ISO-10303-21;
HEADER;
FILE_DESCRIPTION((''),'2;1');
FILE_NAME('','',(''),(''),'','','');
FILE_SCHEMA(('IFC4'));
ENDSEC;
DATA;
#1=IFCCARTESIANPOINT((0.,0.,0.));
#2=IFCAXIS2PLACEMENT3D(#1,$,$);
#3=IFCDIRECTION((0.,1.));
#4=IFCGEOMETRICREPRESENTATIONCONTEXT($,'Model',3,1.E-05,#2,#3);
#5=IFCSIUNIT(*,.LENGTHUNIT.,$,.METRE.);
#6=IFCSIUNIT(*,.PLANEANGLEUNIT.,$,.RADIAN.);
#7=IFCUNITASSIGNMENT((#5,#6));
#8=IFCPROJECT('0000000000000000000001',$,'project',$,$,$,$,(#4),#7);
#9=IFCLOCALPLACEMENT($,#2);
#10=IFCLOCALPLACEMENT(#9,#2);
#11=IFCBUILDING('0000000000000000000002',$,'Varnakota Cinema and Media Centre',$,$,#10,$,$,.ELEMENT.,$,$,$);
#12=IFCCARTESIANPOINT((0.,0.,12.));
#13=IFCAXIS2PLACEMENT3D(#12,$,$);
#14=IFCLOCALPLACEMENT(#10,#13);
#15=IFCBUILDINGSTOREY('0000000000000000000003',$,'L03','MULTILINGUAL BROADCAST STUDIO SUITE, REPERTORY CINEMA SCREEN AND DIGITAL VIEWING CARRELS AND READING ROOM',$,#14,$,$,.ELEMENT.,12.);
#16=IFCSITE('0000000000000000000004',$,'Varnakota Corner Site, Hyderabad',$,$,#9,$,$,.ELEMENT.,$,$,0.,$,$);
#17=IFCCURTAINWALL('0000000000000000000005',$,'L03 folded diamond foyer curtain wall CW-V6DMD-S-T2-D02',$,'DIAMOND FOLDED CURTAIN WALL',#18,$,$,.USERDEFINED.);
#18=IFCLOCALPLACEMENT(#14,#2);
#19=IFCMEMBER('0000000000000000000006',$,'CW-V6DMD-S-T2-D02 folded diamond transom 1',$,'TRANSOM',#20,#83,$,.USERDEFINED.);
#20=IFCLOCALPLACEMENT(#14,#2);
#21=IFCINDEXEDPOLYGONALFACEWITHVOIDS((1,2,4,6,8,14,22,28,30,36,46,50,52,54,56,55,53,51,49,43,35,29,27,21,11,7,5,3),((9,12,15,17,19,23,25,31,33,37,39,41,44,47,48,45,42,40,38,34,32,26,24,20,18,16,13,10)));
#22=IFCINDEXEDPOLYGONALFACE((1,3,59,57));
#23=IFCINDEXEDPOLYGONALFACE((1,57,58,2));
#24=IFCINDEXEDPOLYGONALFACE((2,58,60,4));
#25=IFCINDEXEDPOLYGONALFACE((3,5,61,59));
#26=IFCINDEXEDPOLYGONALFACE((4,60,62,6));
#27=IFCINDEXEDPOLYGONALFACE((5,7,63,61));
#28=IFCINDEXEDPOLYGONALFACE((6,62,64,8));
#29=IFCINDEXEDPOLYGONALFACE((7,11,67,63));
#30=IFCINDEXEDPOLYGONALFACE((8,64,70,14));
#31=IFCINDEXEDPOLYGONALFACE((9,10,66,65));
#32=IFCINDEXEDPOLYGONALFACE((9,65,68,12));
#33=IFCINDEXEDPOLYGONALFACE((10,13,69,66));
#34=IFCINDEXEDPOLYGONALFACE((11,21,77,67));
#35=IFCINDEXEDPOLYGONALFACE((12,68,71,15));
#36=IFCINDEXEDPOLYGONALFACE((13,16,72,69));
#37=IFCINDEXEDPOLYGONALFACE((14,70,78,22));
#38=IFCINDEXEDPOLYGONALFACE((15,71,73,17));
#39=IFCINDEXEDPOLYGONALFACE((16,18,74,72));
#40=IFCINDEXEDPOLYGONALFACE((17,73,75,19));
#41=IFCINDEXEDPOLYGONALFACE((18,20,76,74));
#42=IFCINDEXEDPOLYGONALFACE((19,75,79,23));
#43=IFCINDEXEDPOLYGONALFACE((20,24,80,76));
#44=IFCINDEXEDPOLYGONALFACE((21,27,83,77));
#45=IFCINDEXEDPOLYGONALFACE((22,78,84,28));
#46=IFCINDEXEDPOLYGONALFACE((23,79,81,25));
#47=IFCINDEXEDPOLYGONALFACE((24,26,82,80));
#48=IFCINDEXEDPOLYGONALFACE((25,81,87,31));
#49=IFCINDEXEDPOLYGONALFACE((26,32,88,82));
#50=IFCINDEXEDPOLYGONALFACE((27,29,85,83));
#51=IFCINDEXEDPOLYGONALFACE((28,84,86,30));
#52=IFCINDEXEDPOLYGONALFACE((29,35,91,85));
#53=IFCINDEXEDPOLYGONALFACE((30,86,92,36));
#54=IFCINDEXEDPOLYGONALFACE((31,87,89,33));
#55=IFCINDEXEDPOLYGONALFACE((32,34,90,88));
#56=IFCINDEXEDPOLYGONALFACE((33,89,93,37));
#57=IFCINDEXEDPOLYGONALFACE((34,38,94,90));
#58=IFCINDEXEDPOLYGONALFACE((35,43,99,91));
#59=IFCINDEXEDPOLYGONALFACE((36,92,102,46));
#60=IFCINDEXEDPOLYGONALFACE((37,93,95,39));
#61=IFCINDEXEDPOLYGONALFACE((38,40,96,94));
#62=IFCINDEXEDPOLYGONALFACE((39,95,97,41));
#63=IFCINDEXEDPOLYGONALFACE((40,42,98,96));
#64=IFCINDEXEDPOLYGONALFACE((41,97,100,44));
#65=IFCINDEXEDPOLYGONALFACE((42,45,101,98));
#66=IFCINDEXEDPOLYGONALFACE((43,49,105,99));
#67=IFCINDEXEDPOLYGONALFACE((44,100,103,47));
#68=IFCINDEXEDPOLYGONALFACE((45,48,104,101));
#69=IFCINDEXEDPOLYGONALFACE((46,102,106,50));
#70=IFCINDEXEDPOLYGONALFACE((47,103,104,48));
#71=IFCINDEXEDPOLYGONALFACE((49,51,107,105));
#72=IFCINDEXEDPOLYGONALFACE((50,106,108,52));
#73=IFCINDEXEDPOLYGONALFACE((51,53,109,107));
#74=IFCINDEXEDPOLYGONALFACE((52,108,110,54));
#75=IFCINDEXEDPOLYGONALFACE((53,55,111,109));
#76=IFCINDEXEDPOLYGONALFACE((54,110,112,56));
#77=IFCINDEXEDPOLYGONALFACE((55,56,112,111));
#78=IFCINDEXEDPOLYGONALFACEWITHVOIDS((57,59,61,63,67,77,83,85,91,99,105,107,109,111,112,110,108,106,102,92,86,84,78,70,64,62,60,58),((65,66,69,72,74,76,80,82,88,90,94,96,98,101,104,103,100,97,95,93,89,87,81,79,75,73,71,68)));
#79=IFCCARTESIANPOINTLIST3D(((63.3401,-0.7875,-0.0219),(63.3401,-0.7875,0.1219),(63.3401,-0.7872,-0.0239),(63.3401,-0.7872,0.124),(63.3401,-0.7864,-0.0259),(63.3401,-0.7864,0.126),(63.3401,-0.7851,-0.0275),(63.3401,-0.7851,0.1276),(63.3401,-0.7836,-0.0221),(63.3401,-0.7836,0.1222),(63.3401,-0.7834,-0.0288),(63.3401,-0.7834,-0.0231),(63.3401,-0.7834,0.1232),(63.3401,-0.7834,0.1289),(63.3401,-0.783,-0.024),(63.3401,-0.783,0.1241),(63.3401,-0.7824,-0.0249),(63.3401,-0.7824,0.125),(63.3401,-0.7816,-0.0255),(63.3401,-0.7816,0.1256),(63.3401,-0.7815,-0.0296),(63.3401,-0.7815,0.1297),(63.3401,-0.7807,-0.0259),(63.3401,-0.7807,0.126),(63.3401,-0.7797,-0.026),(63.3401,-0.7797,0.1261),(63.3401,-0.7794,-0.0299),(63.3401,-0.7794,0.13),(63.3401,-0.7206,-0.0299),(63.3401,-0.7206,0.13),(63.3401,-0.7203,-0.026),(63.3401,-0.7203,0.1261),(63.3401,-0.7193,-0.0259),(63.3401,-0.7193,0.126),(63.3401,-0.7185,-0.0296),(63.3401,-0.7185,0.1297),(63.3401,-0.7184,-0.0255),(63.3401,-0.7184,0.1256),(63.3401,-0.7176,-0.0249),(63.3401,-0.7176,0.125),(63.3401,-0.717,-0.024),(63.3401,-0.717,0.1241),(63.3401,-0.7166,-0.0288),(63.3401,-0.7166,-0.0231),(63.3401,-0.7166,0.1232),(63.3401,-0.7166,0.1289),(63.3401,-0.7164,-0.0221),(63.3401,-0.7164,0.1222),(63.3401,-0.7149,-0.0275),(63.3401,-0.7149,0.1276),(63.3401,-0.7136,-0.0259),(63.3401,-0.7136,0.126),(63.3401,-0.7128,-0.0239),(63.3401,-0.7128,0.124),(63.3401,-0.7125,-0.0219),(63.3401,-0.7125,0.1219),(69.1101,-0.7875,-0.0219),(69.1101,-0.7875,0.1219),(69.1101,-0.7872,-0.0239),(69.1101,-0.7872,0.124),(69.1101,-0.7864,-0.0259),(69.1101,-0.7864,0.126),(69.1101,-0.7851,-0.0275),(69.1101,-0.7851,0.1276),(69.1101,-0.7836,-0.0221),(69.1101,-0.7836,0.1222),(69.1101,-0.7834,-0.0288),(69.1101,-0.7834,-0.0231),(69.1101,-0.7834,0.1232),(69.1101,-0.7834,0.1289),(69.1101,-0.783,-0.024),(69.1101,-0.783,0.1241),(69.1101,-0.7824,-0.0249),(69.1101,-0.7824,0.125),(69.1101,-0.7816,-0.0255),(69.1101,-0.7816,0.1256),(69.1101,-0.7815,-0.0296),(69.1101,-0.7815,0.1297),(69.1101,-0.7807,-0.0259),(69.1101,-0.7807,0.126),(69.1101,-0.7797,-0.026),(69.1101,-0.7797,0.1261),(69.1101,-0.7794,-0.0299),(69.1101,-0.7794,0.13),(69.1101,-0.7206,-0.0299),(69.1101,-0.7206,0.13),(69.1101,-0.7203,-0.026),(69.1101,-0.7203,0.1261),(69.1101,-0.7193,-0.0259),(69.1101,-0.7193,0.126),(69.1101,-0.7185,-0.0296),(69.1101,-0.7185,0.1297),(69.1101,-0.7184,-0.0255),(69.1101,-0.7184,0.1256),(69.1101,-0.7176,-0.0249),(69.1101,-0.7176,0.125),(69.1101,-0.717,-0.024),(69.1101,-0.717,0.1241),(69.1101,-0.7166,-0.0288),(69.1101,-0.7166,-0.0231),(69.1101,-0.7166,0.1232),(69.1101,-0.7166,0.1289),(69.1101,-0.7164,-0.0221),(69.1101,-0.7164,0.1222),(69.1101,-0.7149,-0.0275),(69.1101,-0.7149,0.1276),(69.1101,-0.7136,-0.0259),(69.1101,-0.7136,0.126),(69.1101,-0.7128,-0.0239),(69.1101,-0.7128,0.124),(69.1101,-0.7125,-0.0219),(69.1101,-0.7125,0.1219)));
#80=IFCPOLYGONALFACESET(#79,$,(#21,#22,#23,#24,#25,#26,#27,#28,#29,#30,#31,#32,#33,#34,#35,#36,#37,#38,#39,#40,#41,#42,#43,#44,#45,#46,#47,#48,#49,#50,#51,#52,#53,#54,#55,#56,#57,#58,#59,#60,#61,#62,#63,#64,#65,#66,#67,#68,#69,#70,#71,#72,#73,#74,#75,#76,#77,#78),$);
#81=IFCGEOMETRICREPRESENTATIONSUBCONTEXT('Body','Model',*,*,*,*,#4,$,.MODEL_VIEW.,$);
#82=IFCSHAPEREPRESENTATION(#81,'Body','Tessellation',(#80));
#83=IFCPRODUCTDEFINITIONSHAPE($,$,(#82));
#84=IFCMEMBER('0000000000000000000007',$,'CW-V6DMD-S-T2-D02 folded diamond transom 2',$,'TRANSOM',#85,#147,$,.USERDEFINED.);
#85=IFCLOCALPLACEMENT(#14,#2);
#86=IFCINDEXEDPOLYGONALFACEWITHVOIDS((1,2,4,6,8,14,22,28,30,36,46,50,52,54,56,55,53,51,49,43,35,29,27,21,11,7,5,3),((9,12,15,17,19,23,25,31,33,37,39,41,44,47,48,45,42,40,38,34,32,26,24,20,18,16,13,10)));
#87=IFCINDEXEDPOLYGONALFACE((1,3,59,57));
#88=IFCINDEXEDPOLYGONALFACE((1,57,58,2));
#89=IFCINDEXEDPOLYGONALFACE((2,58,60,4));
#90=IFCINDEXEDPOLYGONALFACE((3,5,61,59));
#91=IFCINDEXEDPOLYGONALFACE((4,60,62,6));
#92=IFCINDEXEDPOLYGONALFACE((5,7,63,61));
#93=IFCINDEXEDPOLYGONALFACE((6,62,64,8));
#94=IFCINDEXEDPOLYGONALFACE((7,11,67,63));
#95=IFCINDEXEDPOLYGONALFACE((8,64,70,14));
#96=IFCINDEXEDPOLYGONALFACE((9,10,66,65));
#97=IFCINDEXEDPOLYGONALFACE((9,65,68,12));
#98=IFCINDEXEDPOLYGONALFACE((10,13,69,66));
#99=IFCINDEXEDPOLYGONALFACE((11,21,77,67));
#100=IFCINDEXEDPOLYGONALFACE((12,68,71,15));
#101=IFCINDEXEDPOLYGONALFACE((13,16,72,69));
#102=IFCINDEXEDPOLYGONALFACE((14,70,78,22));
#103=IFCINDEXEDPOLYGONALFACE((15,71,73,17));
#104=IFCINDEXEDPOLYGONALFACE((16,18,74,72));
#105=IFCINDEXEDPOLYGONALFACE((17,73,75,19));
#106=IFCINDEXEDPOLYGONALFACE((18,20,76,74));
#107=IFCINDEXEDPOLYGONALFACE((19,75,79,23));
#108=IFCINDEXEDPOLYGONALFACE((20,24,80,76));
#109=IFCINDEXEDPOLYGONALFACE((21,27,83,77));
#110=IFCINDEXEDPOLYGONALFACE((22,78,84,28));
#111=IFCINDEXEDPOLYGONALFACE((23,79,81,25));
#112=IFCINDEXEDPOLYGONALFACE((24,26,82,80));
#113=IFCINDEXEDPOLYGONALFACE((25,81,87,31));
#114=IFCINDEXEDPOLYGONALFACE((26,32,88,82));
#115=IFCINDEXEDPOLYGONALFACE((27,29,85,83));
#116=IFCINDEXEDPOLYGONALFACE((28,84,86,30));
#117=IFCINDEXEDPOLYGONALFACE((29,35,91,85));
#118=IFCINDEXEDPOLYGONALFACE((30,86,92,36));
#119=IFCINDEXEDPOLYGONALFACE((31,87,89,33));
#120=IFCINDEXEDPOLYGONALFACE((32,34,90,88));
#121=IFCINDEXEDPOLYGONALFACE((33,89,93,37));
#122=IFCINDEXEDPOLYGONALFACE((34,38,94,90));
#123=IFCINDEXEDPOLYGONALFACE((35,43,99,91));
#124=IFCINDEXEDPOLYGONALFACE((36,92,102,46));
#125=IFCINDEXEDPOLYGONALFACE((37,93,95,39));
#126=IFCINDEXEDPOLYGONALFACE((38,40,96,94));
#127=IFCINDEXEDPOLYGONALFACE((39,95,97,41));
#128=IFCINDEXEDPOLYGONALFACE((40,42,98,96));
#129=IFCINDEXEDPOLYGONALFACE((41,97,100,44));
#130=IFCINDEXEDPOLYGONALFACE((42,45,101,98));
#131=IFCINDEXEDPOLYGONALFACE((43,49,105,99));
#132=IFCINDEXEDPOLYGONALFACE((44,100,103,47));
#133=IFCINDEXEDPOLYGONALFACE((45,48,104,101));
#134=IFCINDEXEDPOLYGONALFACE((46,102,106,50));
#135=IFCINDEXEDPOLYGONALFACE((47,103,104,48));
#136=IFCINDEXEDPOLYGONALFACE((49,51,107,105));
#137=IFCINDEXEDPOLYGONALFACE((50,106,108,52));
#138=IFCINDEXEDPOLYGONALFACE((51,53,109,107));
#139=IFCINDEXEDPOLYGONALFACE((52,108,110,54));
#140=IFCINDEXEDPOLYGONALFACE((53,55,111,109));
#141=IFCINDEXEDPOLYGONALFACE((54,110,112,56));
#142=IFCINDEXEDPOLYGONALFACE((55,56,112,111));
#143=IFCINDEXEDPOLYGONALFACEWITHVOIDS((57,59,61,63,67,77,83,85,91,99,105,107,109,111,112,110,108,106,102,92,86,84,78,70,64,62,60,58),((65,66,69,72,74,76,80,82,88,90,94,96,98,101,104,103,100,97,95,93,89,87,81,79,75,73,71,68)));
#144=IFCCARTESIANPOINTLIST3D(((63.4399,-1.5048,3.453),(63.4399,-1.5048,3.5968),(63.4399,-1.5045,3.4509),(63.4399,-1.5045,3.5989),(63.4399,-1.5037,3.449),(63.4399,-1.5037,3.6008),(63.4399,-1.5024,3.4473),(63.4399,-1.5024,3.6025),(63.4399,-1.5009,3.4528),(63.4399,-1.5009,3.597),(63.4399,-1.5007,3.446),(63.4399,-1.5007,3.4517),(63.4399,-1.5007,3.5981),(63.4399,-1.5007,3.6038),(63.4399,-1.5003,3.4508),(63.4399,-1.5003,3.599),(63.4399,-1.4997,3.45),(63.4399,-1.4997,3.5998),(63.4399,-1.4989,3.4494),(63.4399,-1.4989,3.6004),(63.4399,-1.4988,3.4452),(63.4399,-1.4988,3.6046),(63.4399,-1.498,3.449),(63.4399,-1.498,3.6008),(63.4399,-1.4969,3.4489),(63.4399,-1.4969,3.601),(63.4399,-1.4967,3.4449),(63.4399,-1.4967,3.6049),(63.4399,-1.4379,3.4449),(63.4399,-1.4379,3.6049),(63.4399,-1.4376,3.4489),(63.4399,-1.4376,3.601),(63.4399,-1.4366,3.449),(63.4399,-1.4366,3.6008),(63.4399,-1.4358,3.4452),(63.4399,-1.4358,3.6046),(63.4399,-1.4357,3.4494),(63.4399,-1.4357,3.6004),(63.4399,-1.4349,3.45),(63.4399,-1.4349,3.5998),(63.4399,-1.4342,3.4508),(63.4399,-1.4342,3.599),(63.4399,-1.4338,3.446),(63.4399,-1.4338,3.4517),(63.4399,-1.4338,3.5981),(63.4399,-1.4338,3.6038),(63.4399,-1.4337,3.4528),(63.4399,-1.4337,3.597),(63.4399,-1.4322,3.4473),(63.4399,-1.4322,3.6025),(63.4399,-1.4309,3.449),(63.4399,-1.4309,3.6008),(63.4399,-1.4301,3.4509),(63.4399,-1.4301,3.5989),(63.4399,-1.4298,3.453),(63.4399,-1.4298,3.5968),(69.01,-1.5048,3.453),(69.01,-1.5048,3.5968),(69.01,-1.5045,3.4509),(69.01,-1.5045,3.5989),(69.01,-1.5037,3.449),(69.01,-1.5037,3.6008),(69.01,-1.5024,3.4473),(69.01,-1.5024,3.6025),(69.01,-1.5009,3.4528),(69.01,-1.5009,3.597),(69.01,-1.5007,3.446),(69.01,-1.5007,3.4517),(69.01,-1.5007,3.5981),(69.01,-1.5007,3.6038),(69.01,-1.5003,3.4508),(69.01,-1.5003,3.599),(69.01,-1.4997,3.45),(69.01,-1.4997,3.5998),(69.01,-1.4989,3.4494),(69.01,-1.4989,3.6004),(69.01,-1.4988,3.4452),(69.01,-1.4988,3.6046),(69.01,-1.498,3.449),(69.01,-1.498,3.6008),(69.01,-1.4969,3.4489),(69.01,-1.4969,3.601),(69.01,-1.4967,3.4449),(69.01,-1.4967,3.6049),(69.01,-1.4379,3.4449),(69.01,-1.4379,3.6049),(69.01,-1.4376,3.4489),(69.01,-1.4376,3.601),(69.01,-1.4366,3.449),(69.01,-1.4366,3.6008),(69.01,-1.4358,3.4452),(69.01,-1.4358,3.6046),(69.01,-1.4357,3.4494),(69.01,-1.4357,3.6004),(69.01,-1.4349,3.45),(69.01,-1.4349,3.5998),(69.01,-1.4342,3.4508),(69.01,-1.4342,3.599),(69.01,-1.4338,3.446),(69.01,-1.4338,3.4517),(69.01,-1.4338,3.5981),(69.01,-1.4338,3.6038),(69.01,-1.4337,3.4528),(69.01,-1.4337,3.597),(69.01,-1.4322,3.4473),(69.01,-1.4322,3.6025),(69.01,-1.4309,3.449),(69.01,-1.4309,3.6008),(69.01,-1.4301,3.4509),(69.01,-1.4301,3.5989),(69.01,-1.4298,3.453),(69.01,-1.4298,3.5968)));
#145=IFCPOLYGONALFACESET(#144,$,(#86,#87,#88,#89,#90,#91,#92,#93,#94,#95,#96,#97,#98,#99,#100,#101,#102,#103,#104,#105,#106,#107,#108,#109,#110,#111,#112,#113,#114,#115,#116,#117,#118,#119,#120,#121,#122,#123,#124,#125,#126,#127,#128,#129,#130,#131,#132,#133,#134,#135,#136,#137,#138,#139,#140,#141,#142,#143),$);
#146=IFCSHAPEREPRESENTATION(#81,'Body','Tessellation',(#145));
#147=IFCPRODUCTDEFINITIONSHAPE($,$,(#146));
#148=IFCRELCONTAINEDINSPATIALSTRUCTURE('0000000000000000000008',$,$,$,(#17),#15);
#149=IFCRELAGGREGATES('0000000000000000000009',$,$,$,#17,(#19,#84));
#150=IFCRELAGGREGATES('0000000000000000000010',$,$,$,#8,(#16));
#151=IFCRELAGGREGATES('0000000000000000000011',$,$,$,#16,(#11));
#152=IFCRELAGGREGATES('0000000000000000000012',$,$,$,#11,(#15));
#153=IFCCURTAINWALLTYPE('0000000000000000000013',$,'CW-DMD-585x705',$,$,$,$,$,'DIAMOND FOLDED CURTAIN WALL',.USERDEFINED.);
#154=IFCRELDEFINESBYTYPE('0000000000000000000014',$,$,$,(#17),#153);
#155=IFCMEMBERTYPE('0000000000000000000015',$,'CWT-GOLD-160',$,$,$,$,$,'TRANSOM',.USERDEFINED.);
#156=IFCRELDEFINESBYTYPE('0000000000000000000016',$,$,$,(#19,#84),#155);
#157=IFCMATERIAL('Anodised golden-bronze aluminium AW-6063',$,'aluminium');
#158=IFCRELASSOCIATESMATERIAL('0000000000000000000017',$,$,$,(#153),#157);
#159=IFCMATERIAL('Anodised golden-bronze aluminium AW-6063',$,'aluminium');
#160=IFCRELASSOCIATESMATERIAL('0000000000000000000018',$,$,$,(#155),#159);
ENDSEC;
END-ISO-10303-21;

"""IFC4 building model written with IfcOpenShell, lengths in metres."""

from ifc_helpers import new_model, si_unit, direction, frame, origin, origin_2d, place, context, subcontext, project, spatial, hollow_rectangle, extrude, material, material_profile, profile_set, type_object, element, aggregate, save


model = new_model("IFC4")

# Units and contexts
model_context = context("Model", 3, precision=1e-05, world=origin(), true_north=direction((0.0, 1.0)))
body_context = subcontext(model_context, "Body", "Model", "MODEL_VIEW")
ifc_project = project(units=[si_unit("LENGTHUNIT", "METRE"), si_unit("PLANEANGLEUNIT", "RADIAN")], contexts=[model_context])

# Site, building, storey
site_placement = place(None, origin())
site = spatial("IfcSite", under=ifc_project, at=site_placement, Name="Varnakota Corner Site, Hyderabad", CompositionType="ELEMENT", RefElevation=0.0)
building_placement = place(site_placement, origin())
building = spatial("IfcBuilding", under=site, at=building_placement, Name="Varnakota Cinema and Media Centre", CompositionType="ELEMENT")
storey_placement = place(building_placement, frame((0.0, 0.0, 12.0)))
storey = spatial("IfcBuildingStorey", under=building, at=storey_placement, Name="L03", Description="MULTILINGUAL BROADCAST STUDIO SUITE, REPERTORY CINEMA SCREEN AND DIGITAL VIEWING CARRELS AND READING ROOM", CompositionType="ELEMENT", Elevation=12.0)

# Shared definitions
ifc_material_1 = material(Name="Anodised golden-bronze aluminium AW-6063", Category="aluminium")
curtain_wall_type = type_object("IfcCurtainWallType", Name="CW-DMD-585x705", ElementType="DIAMOND FOLDED CURTAIN WALL", PredefinedType="USERDEFINED", material=ifc_material_1)

# Curtain wall
curtain_wall_1_placement = place(storey_placement, origin())
curtain_wall_1 = element("IfcCurtainWall", 1, at=curtain_wall_1_placement, inside=storey, type_object=curtain_wall_type, Name="L03 folded diamond foyer curtain wall CW-V6DMD-S-T2-D02", ObjectType="DIAMOND FOLDED CURTAIN WALL", PredefinedType="USERDEFINED")

# Members
ifc_material_2 = material(Name="Anodised golden-bronze aluminium AW-6063", Category="aluminium")
ifc_material_profile_1 = material_profile(ifc_material_2, hollow_rectangle(XDim=0.075, YDim=0.1599, WallThickness=0.0039, InnerFilletRadius=0.0039, OuterFilletRadius=0.0081, at=origin_2d()), Name="AL-TRANSOM 160x75x4")
ifc_profile_set_1 = profile_set([ifc_material_profile_1], Name="Anodised golden-bronze aluminium AW-6063")
member_type_1 = type_object("IfcMemberType", Name="CWT-GOLD-160", ElementType="TRANSOM", PredefinedType="USERDEFINED", material=ifc_profile_set_1)
member_1_placement = place(storey_placement, frame((69.1101, -0.75, 0.05), z_axis=(-1.0, 0.0, 0.0), x_axis=(0.0, -1.0, 0.0)))
member_1 = element("IfcMember", 2, at=member_1_placement, type_object=member_type_1, Name="CW-V6DMD-S-T2-D02 folded diamond transom 1", ObjectType="TRANSOM", PredefinedType="USERDEFINED", context=body_context, shape_type="SweptSolid", body=[
    extrude(hollow_rectangle(XDim=0.075, YDim=0.1599, WallThickness=0.0039, InnerFilletRadius=0.0039, OuterFilletRadius=0.0081, at=origin_2d()), origin(), (0.0, 0.0, 1.0), 5.77),
])
member_2_placement = place(storey_placement, frame((69.01, -1.4673, 3.5249), z_axis=(-1.0, 0.0, 0.0), x_axis=(0.0, -1.0, 0.0)))
member_2 = element("IfcMember", 3, at=member_2_placement, type_object=member_type_1, Name="CW-V6DMD-S-T2-D02 folded diamond transom 2", ObjectType="TRANSOM", PredefinedType="USERDEFINED", context=body_context, shape_type="SweptSolid", body=[
    extrude(hollow_rectangle(XDim=0.075, YDim=0.1599, WallThickness=0.0039, InnerFilletRadius=0.0039, OuterFilletRadius=0.0081, at=origin_2d()), origin(), (0.0, 0.0, 1.0), 5.5701),
])

aggregate(curtain_wall_1, [member_1, member_2])

save(model, "model.ifc")
